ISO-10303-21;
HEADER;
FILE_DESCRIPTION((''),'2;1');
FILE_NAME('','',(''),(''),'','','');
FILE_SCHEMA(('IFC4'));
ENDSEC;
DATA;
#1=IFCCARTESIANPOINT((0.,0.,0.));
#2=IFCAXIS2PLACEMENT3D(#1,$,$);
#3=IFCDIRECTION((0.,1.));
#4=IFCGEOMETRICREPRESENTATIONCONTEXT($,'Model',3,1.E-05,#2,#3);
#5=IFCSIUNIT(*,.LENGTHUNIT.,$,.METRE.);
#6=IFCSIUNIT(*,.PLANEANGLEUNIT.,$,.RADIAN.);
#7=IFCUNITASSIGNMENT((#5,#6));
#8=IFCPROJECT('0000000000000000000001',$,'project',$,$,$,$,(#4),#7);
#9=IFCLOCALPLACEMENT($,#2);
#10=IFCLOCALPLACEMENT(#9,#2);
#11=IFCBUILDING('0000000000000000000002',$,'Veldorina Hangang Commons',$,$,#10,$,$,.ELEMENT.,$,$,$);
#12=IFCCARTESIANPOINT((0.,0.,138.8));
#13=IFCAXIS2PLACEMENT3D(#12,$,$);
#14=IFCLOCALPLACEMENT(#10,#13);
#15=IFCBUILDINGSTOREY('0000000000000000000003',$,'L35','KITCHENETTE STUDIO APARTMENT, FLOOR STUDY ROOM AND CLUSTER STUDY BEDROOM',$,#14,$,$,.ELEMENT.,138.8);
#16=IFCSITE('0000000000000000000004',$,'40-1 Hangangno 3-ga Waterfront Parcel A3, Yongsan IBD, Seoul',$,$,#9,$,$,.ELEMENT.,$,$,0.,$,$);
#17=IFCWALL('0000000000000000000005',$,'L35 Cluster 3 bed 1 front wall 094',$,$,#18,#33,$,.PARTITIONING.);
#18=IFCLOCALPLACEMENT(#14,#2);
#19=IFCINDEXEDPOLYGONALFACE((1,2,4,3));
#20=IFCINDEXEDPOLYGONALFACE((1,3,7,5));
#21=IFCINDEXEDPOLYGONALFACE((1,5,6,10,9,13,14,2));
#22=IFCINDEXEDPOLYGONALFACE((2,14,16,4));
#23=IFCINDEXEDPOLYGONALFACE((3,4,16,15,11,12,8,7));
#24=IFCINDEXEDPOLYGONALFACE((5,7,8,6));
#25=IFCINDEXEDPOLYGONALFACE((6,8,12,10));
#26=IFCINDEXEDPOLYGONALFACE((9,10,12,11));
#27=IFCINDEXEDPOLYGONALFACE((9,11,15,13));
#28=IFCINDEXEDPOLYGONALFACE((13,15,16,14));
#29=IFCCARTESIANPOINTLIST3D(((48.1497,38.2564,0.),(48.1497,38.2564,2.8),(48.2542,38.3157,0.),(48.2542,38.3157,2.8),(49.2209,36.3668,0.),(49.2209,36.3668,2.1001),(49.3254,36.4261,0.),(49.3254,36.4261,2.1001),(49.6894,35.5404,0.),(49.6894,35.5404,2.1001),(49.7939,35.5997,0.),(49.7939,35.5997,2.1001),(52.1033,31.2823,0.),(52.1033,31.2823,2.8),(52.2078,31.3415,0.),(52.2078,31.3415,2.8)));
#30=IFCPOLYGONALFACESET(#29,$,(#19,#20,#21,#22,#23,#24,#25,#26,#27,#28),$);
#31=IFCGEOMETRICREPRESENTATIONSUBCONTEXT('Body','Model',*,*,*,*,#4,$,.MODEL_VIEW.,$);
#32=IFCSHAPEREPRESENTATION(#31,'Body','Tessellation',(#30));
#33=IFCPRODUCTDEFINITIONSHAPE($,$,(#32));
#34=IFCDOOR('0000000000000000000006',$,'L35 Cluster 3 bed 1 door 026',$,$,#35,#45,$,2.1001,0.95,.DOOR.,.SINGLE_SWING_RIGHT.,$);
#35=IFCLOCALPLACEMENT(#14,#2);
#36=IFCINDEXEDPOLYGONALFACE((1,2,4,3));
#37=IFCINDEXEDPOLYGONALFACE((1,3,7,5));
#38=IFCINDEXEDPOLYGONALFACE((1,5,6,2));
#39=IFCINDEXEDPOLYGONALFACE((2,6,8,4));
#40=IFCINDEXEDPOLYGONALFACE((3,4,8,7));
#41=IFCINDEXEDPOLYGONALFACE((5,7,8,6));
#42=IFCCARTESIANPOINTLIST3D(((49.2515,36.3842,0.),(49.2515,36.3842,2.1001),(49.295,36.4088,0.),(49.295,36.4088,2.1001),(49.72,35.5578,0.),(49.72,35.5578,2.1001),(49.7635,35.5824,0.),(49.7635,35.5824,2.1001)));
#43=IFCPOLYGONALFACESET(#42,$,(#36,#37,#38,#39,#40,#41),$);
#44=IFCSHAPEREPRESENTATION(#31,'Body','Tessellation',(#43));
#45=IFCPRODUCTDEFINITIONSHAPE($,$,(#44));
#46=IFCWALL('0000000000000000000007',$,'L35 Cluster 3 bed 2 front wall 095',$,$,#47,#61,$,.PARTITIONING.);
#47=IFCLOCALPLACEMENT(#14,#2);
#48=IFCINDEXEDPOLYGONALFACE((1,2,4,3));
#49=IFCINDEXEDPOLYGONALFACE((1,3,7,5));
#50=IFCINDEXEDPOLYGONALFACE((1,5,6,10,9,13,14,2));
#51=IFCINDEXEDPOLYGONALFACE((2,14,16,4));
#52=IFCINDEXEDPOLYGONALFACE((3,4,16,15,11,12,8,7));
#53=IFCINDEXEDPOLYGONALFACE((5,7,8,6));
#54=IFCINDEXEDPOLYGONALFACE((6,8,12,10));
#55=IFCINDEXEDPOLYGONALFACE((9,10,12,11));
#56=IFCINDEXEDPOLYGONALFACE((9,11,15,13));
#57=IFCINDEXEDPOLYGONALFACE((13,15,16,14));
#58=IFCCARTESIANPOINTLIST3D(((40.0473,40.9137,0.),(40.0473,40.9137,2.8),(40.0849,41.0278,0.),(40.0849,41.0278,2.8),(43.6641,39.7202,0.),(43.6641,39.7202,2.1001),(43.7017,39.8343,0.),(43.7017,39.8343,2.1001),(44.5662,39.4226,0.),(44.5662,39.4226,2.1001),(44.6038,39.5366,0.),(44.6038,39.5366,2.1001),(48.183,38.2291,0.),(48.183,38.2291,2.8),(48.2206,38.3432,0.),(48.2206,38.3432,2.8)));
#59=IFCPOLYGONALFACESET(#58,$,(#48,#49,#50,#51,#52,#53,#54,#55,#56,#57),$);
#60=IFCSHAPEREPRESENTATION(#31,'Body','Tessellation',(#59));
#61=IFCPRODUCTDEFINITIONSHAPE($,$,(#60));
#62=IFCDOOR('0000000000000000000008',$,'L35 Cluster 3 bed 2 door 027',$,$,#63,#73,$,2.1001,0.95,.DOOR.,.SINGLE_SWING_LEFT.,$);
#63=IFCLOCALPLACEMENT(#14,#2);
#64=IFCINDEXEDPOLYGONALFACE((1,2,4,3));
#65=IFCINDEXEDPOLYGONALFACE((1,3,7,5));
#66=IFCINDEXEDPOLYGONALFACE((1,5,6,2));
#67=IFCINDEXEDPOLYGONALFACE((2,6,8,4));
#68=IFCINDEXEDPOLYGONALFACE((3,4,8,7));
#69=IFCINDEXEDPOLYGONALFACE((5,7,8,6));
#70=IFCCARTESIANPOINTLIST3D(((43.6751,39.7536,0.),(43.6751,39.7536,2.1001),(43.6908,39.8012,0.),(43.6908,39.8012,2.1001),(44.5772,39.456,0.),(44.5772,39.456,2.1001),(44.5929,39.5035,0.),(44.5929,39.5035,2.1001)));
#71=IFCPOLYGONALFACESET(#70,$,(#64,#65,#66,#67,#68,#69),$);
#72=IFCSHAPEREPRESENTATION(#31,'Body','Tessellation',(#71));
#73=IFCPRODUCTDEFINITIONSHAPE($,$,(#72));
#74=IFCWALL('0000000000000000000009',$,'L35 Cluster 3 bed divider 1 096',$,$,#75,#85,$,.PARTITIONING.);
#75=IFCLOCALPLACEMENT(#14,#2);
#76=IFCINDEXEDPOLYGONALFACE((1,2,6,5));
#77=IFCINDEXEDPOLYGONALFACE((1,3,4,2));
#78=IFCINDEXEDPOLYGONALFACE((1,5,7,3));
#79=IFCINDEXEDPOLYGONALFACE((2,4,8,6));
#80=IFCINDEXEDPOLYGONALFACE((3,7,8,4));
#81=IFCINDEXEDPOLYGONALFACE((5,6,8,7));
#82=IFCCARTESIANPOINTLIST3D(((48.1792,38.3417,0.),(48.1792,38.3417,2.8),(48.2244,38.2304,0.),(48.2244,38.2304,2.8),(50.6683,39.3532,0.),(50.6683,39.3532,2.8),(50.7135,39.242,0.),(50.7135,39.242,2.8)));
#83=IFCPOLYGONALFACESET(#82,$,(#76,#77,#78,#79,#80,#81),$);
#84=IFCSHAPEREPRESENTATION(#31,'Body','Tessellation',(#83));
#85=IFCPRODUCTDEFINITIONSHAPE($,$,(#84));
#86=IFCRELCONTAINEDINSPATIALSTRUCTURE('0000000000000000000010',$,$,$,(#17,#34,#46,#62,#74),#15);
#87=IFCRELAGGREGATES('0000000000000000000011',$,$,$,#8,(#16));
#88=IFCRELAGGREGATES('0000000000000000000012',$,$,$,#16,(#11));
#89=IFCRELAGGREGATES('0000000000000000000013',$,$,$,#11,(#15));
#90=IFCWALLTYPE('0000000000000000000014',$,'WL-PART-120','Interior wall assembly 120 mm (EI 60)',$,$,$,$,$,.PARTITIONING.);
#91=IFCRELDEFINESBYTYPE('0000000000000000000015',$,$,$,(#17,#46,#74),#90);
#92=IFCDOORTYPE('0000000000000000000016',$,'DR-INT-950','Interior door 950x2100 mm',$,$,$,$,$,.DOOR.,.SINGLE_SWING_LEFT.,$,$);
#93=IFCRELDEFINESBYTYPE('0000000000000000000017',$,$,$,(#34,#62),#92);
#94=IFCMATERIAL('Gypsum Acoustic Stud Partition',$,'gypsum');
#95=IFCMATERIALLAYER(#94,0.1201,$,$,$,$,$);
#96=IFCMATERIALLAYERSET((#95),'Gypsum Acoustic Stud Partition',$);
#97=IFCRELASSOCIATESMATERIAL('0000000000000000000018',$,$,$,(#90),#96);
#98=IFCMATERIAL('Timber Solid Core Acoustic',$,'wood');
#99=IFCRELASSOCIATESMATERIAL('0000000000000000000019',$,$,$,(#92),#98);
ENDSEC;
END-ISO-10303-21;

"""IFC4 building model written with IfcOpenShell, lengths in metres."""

from ifc_helpers import new_model, si_unit, direction, frame, frame_2d, origin, place, context, subcontext, project, spatial, rectangle, extrude, material, layer, layer_set, type_object, element, fill, save


model = new_model("IFC4")

# Units and contexts
model_context = context("Model", 3, precision=1e-05, world=origin(), true_north=direction((0.0, 1.0)))
body_context = subcontext(model_context, "Body", "Model", "MODEL_VIEW")
ifc_project = project(units=[si_unit("LENGTHUNIT", "METRE"), si_unit("PLANEANGLEUNIT", "RADIAN")], contexts=[model_context])

# Site, building, storey
site_placement = place(None, origin())
site = spatial("IfcSite", under=ifc_project, at=site_placement, Name="40-1 Hangangno 3-ga Waterfront Parcel A3, Yongsan IBD, Seoul", CompositionType="ELEMENT", RefElevation=0.0)
building_placement = place(site_placement, origin())
building = spatial("IfcBuilding", under=site, at=building_placement, Name="Veldorina Hangang Commons", CompositionType="ELEMENT")
storey_placement = place(building_placement, frame((0.0, 0.0, 138.8)))
storey = spatial("IfcBuildingStorey", under=building, at=storey_placement, Name="L35", Description="KITCHENETTE STUDIO APARTMENT, FLOOR STUDY ROOM AND CLUSTER STUDY BEDROOM", CompositionType="ELEMENT", Elevation=138.8)

# Walls, openings, doors
ifc_material_1 = material(Name="Gypsum Acoustic Stud Partition", Category="gypsum")
ifc_layer_1 = layer(ifc_material_1, 0.1201)
ifc_layer_set_1 = layer_set([ifc_layer_1], Name="Gypsum Acoustic Stud Partition")
wall_type_1 = type_object("IfcWallType", Name="WL-PART-120", Description="Interior wall assembly 120 mm (EI 60)", PredefinedType="PARTITIONING", material=ifc_layer_set_1)
wall_1_placement = place(storey_placement, frame((52.1555, 31.312, 0.0), z_axis=(0.0, 0.0, 1.0), x_axis=(-0.493165, 0.869936, 0.0)))
wall_1 = element("IfcWall", 1, at=wall_1_placement, inside=storey, type_object=wall_type_1, Name="L35 Cluster 3 bed 1 front wall 094", PredefinedType="PARTITIONING", context=body_context, shape_type="SweptSolid", body=[
    extrude(rectangle(XDim=8.0168, YDim=0.1201, at=frame_2d((4.0083, 0.0))), origin(), (0.0, 0.0, 1.0), 2.8),
])
opening_1_placement = place(wall_1_placement, frame((4.8945, 0.0, 0.0)))
opening_1 = element("IfcOpeningElement", 2, at=opening_1_placement, cuts=wall_1, PredefinedType="OPENING", context=body_context, shape_type="SweptSolid", body=[
    extrude(rectangle(XDim=0.95, YDim=2.1001, at=frame_2d((0.4751, 1.05))), frame((0.0, 0.0701, 0.0), z_axis=(0.0, -1.0, 0.0), x_axis=(1.0, 0.0, 0.0)), (0.0, 0.0, 1.0), 0.1401),
])
ifc_material_2 = material(Name="Timber Solid Core Acoustic", Category="wood")
door_type_1 = type_object("IfcDoorType", Name="DR-INT-950", Description="Interior door 950x2100 mm", OperationType="SINGLE_SWING_LEFT", PredefinedType="DOOR", material=ifc_material_2)
door_1_placement = place(opening_1_placement, origin())
door_1 = element("IfcDoor", 3, at=door_1_placement, inside=storey, type_object=door_type_1, Name="L35 Cluster 3 bed 1 door 026", OperationType="SINGLE_SWING_RIGHT", OverallHeight=2.1001, OverallWidth=0.95, PredefinedType="DOOR", context=body_context, shape_type="SweptSolid", body=[
    extrude(rectangle(XDim=0.95, YDim=2.1001, at=frame_2d((0.4751, 1.05))), frame((0.0, 0.0249, 0.0), z_axis=(0.0, -1.0, 0.0), x_axis=(1.0, 0.0, 0.0)), (0.0, 0.0, 1.0), 0.05),
])
fill(opening_1, door_1)
wall_2_placement = place(storey_placement, frame((48.2019, 38.2861, 0.0), z_axis=(0.0, 0.0, 1.0), x_axis=(-0.949636, 0.313354, 0.0)))
wall_2 = element("IfcWall", 4, at=wall_2_placement, inside=storey, type_object=wall_type_1, Name="L35 Cluster 3 bed 2 front wall 095", PredefinedType="PARTITIONING", context=body_context, shape_type="SweptSolid", body=[
    extrude(rectangle(XDim=8.5671, YDim=0.1201, at=frame_2d((4.2837, 0.0))), origin(), (0.0, 0.0, 1.0), 2.8),
])
opening_2_placement = place(wall_2_placement, frame((3.8086, 0.0, 0.0)))
opening_2 = element("IfcOpeningElement", 5, at=opening_2_placement, cuts=wall_2, PredefinedType="OPENING", context=body_context, shape_type="SweptSolid", body=[
    extrude(rectangle(XDim=0.95, YDim=2.1001, at=frame_2d((0.4751, 1.05))), frame((0.0, 0.0701, 0.0), z_axis=(0.0, -1.0, 0.0), x_axis=(1.0, 0.0, 0.0)), (0.0, 0.0, 1.0), 0.1401),
])
door_2_placement = place(opening_2_placement, origin())
door_2 = element("IfcDoor", 6, at=door_2_placement, inside=storey, type_object=door_type_1, Name="L35 Cluster 3 bed 2 door 027", OperationType="SINGLE_SWING_LEFT", OverallHeight=2.1001, OverallWidth=0.95, PredefinedType="DOOR", context=body_context, shape_type="SweptSolid", body=[
    extrude(rectangle(XDim=0.95, YDim=2.1001, at=frame_2d((0.4751, 1.05))), frame((0.0, 0.0249, 0.0), z_axis=(0.0, -1.0, 0.0), x_axis=(1.0, 0.0, 0.0)), (0.0, 0.0, 1.0), 0.05),
])
fill(opening_2, door_2)

# Wall
wall_3_placement = place(storey_placement, frame((48.2019, 38.2861, 0.0), z_axis=(0.0, 0.0, 1.0), x_axis=(0.926426, 0.376477, 0.0)))
element("IfcWall", 7, at=wall_3_placement, inside=storey, type_object=wall_type_1, Name="L35 Cluster 3 bed divider 1 096", PredefinedType="PARTITIONING", context=body_context, shape_type="SweptSolid", body=[
    extrude(rectangle(XDim=2.6868, YDim=0.1201, at=frame_2d((1.3433, 0.0))), origin(), (0.0, 0.0, 1.0), 2.8),
])

save(model, "model.ifc")
